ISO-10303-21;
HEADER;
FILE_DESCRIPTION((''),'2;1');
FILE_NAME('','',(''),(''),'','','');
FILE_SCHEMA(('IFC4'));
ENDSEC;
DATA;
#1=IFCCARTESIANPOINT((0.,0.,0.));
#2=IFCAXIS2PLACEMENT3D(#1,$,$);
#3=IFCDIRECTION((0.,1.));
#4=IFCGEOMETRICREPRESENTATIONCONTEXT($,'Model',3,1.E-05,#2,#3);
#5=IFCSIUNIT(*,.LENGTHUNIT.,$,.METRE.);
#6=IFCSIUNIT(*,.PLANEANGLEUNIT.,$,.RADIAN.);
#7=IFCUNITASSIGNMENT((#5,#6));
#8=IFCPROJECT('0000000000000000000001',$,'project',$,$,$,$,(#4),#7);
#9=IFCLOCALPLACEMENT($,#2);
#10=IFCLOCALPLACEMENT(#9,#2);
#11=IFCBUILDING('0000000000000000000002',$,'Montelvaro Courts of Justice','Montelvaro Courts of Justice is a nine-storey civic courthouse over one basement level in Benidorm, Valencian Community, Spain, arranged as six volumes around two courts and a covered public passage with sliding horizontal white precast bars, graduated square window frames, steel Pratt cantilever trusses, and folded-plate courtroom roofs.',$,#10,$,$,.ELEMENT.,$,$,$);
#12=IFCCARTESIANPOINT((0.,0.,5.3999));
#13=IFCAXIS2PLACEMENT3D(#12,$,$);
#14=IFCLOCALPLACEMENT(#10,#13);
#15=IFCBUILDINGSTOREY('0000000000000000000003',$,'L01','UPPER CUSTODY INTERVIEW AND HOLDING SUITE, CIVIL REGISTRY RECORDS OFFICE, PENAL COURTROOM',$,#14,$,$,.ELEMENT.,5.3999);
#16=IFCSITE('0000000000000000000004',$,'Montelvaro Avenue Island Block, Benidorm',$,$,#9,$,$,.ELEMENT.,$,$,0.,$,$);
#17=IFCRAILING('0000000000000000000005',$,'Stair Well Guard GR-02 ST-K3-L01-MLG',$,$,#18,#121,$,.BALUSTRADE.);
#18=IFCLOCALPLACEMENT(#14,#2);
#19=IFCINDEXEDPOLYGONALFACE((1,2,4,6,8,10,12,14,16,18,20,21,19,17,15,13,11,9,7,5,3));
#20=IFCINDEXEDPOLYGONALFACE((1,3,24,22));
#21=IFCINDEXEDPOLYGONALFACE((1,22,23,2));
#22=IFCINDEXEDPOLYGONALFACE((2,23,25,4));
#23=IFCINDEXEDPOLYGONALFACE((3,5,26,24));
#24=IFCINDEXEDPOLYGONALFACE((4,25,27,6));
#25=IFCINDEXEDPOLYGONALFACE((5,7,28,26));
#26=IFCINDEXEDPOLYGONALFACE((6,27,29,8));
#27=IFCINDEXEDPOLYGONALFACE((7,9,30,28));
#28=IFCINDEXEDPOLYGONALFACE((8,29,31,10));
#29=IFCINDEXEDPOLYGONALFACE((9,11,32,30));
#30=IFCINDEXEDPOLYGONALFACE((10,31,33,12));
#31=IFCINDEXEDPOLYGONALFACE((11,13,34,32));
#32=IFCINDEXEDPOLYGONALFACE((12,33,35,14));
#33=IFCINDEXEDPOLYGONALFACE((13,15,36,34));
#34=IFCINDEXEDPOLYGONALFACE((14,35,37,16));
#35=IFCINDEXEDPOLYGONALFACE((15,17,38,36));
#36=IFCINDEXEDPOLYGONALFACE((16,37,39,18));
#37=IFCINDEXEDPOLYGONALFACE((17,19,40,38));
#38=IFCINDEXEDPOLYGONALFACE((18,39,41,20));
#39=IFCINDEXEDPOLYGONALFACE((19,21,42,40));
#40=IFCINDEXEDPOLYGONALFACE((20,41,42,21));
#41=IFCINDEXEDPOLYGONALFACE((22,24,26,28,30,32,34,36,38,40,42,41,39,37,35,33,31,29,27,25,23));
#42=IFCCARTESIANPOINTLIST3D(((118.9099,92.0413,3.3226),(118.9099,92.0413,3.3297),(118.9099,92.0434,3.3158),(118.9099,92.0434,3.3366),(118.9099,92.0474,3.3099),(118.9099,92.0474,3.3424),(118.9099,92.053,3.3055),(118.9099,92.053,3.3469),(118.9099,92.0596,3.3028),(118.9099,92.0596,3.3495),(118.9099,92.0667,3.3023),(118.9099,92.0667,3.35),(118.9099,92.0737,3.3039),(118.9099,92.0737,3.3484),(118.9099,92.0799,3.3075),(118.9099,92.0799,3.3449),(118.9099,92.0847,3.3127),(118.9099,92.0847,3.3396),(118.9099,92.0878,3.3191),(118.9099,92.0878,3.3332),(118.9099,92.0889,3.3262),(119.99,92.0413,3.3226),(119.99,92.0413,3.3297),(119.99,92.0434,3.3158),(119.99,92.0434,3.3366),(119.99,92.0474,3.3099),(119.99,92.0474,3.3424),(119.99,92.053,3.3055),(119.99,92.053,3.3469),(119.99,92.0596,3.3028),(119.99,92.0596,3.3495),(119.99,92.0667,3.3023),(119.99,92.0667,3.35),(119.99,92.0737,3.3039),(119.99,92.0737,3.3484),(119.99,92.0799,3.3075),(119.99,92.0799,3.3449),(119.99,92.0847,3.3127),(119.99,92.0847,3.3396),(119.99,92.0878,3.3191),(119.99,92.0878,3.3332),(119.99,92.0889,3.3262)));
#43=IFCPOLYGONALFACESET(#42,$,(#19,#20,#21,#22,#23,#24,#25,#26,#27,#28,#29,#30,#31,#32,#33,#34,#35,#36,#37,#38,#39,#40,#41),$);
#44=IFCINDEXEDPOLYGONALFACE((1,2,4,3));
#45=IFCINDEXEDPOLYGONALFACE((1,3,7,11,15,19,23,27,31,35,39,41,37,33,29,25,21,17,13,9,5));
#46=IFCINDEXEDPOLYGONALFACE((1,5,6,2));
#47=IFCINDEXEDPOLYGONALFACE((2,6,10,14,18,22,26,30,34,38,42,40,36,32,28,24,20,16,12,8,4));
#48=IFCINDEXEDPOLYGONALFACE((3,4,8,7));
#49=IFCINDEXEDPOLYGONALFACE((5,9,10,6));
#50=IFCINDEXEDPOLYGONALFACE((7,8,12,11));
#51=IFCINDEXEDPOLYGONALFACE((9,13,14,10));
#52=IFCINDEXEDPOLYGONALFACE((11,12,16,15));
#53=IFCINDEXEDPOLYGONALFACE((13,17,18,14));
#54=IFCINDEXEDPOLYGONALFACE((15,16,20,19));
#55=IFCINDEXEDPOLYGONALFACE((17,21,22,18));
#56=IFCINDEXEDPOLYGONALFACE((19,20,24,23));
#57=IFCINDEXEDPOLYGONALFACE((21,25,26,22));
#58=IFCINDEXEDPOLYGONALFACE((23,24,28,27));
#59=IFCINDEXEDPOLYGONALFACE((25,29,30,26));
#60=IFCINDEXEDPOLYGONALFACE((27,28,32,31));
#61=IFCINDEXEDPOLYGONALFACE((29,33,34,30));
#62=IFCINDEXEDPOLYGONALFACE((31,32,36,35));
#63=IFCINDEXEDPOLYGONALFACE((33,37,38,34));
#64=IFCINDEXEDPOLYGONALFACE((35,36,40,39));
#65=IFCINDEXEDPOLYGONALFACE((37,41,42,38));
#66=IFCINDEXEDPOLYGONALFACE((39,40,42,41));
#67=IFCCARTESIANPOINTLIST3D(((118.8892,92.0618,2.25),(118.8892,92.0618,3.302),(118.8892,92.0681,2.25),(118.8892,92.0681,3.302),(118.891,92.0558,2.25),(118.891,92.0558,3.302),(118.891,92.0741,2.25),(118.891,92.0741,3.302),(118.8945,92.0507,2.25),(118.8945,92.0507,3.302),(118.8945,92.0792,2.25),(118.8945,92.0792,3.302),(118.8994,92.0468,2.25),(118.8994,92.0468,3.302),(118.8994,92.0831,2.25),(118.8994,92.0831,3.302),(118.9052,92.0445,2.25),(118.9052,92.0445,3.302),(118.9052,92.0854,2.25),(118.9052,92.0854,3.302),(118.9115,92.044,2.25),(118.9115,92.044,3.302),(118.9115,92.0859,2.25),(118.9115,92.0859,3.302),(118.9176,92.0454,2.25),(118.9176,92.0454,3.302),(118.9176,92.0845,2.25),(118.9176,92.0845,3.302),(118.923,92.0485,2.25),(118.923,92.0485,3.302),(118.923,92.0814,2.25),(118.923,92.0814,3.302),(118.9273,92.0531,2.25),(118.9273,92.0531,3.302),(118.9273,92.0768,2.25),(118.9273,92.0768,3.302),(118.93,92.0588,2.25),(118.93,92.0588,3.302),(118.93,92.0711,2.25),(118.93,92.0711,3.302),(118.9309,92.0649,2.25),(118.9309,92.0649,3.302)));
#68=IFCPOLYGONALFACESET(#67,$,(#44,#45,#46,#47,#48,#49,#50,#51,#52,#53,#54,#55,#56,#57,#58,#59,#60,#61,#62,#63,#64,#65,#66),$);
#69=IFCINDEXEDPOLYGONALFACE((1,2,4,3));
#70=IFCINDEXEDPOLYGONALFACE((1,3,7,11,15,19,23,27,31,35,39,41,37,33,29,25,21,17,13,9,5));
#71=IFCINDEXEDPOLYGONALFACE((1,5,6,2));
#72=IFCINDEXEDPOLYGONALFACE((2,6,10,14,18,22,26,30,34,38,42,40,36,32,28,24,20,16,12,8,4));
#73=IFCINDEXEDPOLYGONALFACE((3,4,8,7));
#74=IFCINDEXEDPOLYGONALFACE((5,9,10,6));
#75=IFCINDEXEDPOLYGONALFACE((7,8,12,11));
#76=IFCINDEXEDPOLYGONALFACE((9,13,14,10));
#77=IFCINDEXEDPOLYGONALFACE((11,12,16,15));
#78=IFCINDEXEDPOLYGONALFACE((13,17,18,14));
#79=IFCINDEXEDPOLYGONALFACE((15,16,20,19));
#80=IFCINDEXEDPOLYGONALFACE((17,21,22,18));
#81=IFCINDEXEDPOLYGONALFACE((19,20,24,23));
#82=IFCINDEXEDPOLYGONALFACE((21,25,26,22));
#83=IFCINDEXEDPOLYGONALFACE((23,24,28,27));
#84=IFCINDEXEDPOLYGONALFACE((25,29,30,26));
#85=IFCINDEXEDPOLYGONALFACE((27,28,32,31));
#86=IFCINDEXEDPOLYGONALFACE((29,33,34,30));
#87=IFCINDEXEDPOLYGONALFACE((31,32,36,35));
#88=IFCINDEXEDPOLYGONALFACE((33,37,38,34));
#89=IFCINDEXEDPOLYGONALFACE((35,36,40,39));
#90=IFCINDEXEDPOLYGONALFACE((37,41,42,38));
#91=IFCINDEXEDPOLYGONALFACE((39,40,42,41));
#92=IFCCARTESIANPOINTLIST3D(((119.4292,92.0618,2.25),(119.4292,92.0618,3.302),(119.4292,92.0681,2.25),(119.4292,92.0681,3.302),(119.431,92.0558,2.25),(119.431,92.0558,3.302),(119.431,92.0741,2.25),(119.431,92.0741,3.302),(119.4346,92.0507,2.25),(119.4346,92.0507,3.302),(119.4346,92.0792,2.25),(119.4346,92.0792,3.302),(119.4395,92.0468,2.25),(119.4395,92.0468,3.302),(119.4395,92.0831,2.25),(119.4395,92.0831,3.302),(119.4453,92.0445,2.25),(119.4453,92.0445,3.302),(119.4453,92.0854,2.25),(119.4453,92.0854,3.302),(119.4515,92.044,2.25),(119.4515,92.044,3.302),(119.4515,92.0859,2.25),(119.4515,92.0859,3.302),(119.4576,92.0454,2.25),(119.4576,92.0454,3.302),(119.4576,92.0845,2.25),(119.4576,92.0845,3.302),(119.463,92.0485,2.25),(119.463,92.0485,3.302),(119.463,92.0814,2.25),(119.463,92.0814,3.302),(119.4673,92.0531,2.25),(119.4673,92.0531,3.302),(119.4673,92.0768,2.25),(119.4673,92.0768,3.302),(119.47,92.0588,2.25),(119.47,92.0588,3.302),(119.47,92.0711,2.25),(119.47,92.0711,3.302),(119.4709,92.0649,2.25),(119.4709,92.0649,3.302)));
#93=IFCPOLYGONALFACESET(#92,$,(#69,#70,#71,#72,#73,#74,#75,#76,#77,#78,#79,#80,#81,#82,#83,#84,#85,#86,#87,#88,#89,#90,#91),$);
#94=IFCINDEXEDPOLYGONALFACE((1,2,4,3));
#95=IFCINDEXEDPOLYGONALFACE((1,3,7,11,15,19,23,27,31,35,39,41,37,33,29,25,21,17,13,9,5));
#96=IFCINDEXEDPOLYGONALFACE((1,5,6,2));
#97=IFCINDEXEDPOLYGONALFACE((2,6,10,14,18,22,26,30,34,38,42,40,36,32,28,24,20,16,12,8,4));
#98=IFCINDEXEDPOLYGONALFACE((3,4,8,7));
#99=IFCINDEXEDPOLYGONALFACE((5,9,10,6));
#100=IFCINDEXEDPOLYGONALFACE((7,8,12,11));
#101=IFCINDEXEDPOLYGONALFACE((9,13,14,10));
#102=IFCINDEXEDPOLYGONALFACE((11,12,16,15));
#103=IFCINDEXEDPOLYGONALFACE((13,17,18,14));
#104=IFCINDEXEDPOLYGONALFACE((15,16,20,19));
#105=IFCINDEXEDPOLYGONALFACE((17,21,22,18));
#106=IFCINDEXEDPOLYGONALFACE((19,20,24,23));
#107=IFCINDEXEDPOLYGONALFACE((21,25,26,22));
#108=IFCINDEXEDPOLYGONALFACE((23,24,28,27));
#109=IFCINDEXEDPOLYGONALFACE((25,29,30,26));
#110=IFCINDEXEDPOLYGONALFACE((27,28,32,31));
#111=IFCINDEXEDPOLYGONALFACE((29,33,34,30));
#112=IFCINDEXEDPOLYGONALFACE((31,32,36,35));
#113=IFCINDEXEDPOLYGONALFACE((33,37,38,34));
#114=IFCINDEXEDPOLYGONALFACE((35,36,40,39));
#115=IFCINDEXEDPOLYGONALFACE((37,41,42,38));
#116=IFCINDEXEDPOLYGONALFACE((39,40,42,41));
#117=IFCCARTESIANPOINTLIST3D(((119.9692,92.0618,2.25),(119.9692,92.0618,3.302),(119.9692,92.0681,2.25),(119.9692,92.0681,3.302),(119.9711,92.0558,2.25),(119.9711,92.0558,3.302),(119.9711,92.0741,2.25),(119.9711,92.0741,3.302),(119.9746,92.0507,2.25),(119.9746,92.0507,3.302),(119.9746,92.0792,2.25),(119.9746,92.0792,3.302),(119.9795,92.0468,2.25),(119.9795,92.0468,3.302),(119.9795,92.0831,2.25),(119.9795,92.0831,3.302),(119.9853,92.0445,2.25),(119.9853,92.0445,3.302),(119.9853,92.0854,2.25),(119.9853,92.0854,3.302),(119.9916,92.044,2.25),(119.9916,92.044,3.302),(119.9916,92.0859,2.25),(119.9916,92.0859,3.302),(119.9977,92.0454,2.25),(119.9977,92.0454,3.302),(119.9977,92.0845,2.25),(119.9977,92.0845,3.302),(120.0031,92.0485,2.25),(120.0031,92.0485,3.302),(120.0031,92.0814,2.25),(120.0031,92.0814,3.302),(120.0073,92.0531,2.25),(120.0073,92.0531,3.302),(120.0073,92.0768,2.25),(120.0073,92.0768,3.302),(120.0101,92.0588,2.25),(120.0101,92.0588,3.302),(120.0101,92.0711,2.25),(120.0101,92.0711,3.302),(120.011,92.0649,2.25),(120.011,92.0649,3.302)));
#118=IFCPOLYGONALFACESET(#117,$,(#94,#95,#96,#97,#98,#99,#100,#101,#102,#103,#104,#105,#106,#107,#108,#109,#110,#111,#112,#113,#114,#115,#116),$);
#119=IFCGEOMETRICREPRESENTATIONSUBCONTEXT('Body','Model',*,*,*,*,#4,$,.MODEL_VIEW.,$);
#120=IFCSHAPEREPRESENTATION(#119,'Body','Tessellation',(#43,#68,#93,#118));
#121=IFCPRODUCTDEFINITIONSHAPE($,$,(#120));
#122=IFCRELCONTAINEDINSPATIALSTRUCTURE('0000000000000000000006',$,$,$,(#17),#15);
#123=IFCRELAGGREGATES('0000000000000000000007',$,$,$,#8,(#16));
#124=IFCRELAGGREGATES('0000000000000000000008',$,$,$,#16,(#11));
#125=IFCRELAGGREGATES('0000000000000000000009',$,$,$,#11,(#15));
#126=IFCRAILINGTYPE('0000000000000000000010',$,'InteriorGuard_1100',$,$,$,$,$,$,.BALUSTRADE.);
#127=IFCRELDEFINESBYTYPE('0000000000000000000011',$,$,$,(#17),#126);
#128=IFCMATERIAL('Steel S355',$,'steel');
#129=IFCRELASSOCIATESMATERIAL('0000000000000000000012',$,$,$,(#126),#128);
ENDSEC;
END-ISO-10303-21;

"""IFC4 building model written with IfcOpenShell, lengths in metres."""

from ifc_helpers import new_model, si_unit, direction, frame, origin, origin_2d, place, context, subcontext, project, spatial, circle, extrude, material, type_object, element, save


model = new_model("IFC4")

# Units and contexts
model_context = context("Model", 3, precision=1e-05, world=origin(), true_north=direction((0.0, 1.0)))
body_context = subcontext(model_context, "Body", "Model", "MODEL_VIEW")
ifc_project = project(units=[si_unit("LENGTHUNIT", "METRE"), si_unit("PLANEANGLEUNIT", "RADIAN")], contexts=[model_context])

# Site, building, storey
site_placement = place(None, origin())
site = spatial("IfcSite", under=ifc_project, at=site_placement, Name="Montelvaro Avenue Island Block, Benidorm", CompositionType="ELEMENT", RefElevation=0.0)
building_placement = place(site_placement, origin())
building = spatial("IfcBuilding", under=site, at=building_placement, Name="Montelvaro Courts of Justice", Description="Montelvaro Courts of Justice is a nine-storey civic courthouse over one basement level in Benidorm, Valencian Community, Spain, arranged as six volumes around two courts and a covered public passage with sliding horizontal white precast bars, graduated square window frames, steel Pratt cantilever trusses, and folded-plate courtroom roofs.", CompositionType="ELEMENT")
storey_placement = place(building_placement, frame((0.0, 0.0, 5.3999)))
storey = spatial("IfcBuildingStorey", under=building, at=storey_placement, Name="L01", Description="UPPER CUSTODY INTERVIEW AND HOLDING SUITE, CIVIL REGISTRY RECORDS OFFICE, PENAL COURTROOM", CompositionType="ELEMENT", Elevation=5.3999)

# Railing
ifc_material_1 = material(Name="Steel S355", Category="steel")
railing_type_1 = type_object("IfcRailingType", Name="InteriorGuard_1100", PredefinedType="BALUSTRADE", material=ifc_material_1)
railing_1_placement = place(storey_placement, frame((118.9099, 92.0649, 2.25)))
element("IfcRailing", 1, at=railing_1_placement, inside=storey, type_object=railing_type_1, Name="Stair Well Guard GR-02 ST-K3-L01-MLG", PredefinedType="BALUSTRADE", context=body_context, shape_type="SweptSolid", body=[
    extrude(circle(Radius=0.0239, at=origin_2d()), frame((0.0, 0.0, 1.0762), z_axis=(1.0, 0.0, 0.0), x_axis=(0.0, 1.0, 0.0)), (0.0, 0.0, 1.0), 1.0801),
    extrude(circle(Radius=0.021, at=origin_2d()), origin(), (0.0, 0.0, 1.0), 1.052),
    extrude(circle(Radius=0.021, at=origin_2d()), frame((0.54, 0.0, 0.0)), (0.0, 0.0, 1.0), 1.052),
    extrude(circle(Radius=0.021, at=origin_2d()), frame((1.0801, 0.0, 0.0)), (0.0, 0.0, 1.0), 1.052),
])

save(model, "model.ifc")
